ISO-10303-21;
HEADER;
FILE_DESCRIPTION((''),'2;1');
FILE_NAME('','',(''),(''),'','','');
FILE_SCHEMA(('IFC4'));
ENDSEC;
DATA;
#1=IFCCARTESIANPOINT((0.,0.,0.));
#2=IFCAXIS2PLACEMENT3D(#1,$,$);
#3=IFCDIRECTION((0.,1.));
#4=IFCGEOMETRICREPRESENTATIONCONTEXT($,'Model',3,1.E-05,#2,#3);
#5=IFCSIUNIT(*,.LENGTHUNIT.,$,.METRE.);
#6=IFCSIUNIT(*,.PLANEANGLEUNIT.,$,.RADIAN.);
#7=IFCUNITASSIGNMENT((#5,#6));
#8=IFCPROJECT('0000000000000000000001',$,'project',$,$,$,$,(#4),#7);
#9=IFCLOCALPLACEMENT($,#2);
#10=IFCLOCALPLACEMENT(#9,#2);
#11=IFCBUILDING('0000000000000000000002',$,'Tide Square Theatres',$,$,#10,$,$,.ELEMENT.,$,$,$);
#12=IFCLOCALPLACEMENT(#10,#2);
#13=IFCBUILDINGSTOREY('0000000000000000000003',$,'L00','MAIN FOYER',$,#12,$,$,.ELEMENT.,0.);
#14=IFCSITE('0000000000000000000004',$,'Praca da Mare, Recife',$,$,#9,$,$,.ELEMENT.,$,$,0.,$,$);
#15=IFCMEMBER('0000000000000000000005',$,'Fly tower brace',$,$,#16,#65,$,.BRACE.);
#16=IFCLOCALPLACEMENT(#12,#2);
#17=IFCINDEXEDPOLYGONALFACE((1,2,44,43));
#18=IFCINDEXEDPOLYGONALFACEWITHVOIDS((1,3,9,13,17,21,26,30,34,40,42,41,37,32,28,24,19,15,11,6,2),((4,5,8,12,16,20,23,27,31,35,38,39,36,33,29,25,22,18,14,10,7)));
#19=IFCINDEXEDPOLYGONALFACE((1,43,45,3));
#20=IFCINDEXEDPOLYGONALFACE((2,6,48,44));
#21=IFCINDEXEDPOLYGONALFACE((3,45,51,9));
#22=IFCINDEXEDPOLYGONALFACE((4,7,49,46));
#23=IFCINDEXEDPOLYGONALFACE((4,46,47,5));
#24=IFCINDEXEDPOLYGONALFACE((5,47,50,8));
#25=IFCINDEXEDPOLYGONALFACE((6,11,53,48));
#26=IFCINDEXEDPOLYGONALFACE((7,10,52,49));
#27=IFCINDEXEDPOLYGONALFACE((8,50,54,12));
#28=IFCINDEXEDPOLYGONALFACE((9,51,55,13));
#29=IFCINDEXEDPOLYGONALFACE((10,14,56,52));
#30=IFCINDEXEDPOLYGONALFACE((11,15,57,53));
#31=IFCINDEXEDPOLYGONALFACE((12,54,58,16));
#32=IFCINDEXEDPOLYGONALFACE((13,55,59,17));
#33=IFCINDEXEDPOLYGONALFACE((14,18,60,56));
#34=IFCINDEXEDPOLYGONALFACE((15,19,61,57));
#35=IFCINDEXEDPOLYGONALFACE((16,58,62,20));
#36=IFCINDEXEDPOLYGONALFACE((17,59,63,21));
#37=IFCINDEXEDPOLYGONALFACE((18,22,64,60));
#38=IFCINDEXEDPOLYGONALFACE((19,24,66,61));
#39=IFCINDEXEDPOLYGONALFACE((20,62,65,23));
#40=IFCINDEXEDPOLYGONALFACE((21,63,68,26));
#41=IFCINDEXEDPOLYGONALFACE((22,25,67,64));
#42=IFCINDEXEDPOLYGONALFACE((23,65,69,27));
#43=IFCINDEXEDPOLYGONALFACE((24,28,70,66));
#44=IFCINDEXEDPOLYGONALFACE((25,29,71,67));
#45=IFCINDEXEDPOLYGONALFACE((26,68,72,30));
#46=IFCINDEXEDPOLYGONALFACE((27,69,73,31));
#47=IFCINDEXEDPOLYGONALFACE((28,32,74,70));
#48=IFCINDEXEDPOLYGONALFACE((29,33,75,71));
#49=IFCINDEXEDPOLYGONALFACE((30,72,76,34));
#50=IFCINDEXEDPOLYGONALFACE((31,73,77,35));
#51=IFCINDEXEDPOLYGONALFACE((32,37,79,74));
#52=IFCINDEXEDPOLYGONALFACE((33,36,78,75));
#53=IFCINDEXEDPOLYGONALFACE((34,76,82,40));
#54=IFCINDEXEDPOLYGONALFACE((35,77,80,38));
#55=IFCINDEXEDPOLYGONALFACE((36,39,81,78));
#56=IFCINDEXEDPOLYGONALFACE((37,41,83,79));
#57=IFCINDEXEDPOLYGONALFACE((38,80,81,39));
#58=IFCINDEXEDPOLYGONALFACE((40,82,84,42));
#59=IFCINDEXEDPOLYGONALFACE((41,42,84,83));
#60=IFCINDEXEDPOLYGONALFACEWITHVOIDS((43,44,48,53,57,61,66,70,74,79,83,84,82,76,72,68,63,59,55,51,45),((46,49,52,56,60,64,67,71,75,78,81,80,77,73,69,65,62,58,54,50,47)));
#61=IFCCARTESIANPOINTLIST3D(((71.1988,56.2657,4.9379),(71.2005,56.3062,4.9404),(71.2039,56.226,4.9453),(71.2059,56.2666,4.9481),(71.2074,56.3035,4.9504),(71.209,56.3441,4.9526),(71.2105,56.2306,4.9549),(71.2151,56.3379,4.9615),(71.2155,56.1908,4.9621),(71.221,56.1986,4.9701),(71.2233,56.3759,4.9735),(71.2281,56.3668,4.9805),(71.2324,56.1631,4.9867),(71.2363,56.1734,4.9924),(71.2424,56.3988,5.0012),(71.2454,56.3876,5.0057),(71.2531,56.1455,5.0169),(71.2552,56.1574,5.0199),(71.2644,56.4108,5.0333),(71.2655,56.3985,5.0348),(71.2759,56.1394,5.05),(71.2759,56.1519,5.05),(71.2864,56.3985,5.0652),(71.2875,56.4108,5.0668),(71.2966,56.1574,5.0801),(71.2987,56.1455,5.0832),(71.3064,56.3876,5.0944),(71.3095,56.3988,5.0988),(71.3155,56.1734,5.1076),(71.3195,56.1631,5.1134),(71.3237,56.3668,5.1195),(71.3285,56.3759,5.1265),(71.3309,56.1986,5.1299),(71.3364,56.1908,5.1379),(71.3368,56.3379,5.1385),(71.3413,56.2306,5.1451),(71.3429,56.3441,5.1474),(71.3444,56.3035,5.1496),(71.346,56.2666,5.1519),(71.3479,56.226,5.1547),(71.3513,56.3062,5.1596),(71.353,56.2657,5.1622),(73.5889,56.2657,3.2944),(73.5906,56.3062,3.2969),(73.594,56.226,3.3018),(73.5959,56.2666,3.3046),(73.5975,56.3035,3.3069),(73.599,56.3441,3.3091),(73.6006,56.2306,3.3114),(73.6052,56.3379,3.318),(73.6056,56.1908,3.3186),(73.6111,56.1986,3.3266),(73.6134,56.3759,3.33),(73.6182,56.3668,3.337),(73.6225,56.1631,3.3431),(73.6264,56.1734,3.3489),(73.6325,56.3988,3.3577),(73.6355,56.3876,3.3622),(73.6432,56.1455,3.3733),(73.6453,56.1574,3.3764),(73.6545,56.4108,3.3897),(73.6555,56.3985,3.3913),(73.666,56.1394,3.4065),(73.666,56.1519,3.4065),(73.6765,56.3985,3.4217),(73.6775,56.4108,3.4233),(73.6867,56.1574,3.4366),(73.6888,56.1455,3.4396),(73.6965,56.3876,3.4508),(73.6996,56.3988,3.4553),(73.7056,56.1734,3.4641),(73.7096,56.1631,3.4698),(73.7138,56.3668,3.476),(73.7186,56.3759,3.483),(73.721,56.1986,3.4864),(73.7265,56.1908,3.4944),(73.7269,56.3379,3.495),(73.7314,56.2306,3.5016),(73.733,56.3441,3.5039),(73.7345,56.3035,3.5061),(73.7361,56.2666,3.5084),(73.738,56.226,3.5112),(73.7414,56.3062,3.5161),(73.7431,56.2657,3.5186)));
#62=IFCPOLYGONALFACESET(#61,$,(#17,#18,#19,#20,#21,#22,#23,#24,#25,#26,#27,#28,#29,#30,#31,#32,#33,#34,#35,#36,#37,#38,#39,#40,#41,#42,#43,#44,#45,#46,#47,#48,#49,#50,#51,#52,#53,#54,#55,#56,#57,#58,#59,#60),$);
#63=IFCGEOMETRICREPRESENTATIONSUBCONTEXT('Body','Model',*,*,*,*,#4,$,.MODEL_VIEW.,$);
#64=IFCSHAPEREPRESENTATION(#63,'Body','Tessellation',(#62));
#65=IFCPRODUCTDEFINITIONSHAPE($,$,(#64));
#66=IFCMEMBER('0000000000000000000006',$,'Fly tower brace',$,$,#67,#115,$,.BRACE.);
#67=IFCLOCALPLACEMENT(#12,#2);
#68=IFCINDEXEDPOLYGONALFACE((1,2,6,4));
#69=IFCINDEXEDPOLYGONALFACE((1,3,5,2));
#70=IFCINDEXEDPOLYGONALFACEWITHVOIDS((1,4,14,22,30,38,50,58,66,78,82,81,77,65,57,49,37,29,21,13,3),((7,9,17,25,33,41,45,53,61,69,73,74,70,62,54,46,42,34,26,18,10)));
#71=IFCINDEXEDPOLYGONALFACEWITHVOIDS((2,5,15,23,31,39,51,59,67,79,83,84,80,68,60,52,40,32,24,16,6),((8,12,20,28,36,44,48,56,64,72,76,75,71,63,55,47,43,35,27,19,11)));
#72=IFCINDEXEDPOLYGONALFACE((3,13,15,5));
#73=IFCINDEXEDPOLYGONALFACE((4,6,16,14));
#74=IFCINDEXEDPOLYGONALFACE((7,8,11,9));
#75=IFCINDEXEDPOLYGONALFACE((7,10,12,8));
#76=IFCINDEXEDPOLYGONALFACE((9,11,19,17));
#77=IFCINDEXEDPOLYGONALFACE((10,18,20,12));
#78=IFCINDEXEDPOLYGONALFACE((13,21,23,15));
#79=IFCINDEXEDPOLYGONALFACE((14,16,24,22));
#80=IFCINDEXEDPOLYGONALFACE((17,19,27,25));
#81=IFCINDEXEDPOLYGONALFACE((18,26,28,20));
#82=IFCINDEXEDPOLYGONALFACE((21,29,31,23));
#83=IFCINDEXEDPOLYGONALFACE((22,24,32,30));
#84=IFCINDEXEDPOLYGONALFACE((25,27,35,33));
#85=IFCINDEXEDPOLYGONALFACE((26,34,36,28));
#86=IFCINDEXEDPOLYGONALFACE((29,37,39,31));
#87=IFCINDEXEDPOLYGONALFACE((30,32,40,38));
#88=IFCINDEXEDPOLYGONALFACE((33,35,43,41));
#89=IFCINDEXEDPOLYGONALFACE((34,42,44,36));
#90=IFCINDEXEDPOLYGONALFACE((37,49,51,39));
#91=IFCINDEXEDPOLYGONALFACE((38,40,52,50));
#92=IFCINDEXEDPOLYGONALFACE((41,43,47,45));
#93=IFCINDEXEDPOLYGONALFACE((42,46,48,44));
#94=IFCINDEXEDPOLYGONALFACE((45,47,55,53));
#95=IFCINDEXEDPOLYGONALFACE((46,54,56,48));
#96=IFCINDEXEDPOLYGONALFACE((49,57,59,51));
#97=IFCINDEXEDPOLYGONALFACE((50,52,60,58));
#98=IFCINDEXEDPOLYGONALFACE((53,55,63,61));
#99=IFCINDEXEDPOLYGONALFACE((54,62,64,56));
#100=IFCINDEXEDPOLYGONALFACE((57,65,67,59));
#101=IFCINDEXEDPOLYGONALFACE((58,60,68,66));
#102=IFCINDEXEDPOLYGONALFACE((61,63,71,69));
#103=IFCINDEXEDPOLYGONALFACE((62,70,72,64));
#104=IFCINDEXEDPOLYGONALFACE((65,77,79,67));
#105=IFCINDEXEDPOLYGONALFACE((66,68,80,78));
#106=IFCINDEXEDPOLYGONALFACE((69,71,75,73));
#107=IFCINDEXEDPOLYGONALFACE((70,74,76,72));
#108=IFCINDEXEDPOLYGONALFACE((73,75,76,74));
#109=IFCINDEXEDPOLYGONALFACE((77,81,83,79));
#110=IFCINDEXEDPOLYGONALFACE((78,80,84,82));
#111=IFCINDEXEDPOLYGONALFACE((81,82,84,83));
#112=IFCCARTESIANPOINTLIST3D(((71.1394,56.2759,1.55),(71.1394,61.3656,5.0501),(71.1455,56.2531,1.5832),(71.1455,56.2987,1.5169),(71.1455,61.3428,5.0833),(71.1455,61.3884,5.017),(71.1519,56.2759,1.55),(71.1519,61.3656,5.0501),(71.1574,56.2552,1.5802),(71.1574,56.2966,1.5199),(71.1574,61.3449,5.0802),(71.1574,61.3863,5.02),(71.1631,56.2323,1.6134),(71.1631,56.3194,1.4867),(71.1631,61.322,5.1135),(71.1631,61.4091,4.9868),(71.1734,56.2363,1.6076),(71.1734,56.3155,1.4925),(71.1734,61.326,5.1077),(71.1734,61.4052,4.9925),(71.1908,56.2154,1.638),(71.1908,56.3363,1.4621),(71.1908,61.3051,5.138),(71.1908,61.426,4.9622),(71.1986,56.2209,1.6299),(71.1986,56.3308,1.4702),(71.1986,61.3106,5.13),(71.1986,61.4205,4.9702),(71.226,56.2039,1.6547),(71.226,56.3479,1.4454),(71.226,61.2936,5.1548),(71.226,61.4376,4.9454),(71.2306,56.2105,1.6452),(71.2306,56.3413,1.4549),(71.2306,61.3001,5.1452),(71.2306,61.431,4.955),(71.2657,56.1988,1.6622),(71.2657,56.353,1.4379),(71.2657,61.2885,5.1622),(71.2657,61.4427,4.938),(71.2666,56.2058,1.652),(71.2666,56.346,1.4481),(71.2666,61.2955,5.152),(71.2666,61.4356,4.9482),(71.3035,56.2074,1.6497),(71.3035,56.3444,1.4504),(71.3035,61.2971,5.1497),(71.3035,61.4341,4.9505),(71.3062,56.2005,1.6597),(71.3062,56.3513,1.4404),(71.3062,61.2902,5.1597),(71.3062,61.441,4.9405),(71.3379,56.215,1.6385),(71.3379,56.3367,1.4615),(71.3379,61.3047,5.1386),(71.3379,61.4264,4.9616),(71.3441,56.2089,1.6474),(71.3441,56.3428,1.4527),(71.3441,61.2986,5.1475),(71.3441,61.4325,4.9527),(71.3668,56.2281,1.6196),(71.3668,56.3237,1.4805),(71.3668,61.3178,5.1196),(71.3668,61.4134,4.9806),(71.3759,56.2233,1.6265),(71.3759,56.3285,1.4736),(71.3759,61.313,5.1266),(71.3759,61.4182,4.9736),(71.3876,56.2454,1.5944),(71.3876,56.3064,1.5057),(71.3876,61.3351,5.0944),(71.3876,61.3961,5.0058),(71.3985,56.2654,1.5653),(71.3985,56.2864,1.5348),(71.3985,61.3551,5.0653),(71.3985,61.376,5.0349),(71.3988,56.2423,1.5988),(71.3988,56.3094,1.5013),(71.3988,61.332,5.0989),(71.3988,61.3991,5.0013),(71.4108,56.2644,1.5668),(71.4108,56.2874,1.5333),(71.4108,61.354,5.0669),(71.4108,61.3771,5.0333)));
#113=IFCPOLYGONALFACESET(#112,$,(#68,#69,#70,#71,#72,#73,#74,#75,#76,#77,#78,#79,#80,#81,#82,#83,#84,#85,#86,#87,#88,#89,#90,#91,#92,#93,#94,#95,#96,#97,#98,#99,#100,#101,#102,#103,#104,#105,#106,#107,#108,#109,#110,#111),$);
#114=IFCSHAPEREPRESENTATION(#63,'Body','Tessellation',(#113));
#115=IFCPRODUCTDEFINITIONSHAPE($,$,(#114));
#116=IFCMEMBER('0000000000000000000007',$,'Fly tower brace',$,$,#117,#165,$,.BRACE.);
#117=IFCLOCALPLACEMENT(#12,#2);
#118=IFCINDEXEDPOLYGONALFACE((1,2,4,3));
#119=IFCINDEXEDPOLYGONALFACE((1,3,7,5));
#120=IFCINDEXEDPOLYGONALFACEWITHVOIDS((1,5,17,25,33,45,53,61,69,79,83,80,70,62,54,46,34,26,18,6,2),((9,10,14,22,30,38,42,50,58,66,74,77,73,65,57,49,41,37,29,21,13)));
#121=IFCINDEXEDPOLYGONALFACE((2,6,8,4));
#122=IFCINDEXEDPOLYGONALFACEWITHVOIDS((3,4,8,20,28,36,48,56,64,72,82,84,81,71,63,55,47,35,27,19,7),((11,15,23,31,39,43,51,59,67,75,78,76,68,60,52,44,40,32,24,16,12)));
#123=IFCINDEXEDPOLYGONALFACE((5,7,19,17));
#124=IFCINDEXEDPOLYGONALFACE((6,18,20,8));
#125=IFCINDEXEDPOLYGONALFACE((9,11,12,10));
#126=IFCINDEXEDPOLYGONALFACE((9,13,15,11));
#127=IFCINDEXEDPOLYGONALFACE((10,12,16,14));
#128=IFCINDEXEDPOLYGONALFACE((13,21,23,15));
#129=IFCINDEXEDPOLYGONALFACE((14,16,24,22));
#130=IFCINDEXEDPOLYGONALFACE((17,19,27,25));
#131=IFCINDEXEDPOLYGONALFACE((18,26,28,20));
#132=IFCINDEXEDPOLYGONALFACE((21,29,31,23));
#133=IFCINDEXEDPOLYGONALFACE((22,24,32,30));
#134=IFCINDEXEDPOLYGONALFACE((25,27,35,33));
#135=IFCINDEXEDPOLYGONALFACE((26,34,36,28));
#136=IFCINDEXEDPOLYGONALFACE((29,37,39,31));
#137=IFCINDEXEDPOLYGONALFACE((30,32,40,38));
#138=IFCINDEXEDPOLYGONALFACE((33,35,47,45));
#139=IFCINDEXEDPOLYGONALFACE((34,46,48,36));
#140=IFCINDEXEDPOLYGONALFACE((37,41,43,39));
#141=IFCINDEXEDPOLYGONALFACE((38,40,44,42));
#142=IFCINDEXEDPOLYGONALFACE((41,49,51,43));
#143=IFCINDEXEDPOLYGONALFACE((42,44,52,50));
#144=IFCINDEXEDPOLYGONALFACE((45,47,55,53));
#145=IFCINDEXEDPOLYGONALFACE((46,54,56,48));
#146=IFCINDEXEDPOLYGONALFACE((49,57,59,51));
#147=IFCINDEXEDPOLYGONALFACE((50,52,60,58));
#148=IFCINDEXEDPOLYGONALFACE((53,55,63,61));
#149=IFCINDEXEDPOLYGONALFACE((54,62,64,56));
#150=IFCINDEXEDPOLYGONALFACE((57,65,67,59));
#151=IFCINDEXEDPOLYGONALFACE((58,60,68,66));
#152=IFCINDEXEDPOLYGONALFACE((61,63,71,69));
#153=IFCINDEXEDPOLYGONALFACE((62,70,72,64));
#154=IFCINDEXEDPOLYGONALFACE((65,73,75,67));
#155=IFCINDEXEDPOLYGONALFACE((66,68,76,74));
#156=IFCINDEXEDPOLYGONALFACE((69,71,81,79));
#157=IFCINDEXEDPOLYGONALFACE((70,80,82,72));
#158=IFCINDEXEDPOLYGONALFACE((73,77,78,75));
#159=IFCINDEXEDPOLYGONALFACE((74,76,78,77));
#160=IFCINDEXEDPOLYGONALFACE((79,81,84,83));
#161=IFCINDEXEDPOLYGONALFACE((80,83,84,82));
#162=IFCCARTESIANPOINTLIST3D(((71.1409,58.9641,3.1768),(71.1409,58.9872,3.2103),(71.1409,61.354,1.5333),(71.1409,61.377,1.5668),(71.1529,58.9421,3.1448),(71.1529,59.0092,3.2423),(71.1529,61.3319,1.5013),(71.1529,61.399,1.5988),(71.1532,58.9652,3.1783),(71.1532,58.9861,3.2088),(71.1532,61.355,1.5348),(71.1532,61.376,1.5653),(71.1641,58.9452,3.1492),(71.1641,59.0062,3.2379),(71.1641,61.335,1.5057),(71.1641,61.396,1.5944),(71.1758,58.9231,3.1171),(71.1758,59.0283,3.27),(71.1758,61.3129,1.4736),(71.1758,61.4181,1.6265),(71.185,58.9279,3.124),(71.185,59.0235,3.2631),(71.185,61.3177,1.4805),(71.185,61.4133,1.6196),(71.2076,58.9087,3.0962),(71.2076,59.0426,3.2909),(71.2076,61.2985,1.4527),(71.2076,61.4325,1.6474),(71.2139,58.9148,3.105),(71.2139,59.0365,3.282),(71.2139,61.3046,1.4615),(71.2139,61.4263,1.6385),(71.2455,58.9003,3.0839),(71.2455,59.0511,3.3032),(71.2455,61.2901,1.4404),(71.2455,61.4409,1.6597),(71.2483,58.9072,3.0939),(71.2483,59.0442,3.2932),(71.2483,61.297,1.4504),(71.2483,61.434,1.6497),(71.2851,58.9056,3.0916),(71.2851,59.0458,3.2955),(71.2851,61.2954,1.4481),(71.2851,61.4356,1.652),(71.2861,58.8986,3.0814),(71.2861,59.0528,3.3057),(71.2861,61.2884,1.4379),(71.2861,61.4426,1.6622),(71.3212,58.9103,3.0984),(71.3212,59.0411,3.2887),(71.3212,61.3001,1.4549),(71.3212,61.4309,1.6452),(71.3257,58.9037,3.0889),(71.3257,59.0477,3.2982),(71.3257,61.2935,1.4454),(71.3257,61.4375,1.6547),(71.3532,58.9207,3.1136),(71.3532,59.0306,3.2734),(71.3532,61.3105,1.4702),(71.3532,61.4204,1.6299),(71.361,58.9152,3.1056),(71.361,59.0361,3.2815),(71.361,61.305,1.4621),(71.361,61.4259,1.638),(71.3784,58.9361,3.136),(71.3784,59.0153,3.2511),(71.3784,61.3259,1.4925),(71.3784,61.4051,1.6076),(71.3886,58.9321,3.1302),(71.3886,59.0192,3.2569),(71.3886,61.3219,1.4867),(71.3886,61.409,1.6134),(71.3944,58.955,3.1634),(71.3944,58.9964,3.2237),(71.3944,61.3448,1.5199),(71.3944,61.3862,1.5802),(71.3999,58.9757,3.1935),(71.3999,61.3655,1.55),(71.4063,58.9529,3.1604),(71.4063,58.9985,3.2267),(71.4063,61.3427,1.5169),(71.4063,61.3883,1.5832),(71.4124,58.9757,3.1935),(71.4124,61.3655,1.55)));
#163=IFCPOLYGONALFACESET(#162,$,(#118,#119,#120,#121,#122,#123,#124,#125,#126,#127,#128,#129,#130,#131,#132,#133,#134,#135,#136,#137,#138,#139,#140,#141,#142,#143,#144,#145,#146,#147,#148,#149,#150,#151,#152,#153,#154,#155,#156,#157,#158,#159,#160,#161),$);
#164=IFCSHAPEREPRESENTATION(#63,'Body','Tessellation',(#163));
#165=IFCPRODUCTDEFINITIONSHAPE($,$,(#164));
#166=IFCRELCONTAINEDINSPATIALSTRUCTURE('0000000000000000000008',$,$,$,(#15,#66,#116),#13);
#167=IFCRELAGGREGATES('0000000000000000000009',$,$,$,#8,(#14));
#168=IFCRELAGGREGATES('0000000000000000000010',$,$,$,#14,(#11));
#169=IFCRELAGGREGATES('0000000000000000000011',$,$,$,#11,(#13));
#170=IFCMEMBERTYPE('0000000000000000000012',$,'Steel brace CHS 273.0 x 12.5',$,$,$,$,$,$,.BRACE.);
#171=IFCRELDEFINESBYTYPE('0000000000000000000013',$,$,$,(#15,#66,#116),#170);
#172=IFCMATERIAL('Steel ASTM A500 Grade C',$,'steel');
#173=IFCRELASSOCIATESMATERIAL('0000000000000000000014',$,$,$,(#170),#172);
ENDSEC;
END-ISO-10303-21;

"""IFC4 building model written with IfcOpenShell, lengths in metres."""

from ifc_helpers import new_model, si_unit, direction, frame, origin, origin_2d, place, context, subcontext, project, spatial, hollow_circle, extrude, material, material_profile, profile_set, type_object, element, save


model = new_model("IFC4")

# Units and contexts
model_context = context("Model", 3, precision=1e-05, world=origin(), true_north=direction((0.0, 1.0)))
body_context = subcontext(model_context, "Body", "Model", "MODEL_VIEW")
ifc_project = project(units=[si_unit("LENGTHUNIT", "METRE"), si_unit("PLANEANGLEUNIT", "RADIAN")], contexts=[model_context])

# Site, building, storey
site_placement = place(None, origin())
site = spatial("IfcSite", under=ifc_project, at=site_placement, Name="Praca da Mare, Recife", CompositionType="ELEMENT", RefElevation=0.0)
building_placement = place(site_placement, origin())
building = spatial("IfcBuilding", under=site, at=building_placement, Name="Tide Square Theatres", CompositionType="ELEMENT")
storey_placement = place(building_placement, origin())
storey = spatial("IfcBuildingStorey", under=building, at=storey_placement, Name="L00", Description="MAIN FOYER", CompositionType="ELEMENT", Elevation=0.0)

# Members
ifc_material_1 = material(Name="Steel ASTM A500 Grade C", Category="steel")
ifc_material_profile_1 = material_profile(ifc_material_1, hollow_circle(Radius=0.1365, WallThickness=0.0125, at=origin_2d()))
ifc_profile_set_1 = profile_set([ifc_material_profile_1], Name="Steel ASTM A500 Grade C")
member_type = type_object("IfcMemberType", Name="Steel brace CHS 273.0 x 12.5", PredefinedType="BRACE", material=ifc_profile_set_1)
member_1_placement = place(storey_placement, frame((73.666, 56.2759, 3.4065), z_axis=(-0.823988, 0.0, 0.566607), x_axis=(0.0, -1.0, 0.0)))
element("IfcMember", 1, at=member_1_placement, inside=storey, type_object=member_type, Name="Fly tower brace", PredefinedType="BRACE", context=body_context, shape_type="SweptSolid", body=[
    extrude(hollow_circle(Radius=0.1365, WallThickness=0.0125, at=origin_2d()), origin(), (0.0, 0.0, 1.0), 2.9006),
])
member_2_placement = place(storey_placement, frame((71.2759, 56.2759, 1.55), z_axis=(0.0, 0.823974, 0.566628), x_axis=(-1.0, 0.0, 0.0)))
element("IfcMember", 2, at=member_2_placement, inside=storey, type_object=member_type, Name="Fly tower brace", PredefinedType="BRACE", context=body_context, shape_type="SweptSolid", body=[
    extrude(hollow_circle(Radius=0.1365, WallThickness=0.0125, at=origin_2d()), origin(), (0.0, 0.0, 1.0), 6.177),
])
member_3_placement = place(storey_placement, frame((71.2759, 61.3655, 1.55), z_axis=(0.0, -0.823961, 0.566647), x_axis=(1.0, 0.0, 0.0)))
element("IfcMember", 3, at=member_3_placement, inside=storey, type_object=member_type, Name="Fly tower brace", PredefinedType="BRACE", context=body_context, shape_type="SweptSolid", body=[
    extrude(hollow_circle(Radius=0.1365, WallThickness=0.0125, at=origin_2d()), origin(), (0.0, 0.0, 1.0), 2.9004),
])

save(model, "model.ifc")
